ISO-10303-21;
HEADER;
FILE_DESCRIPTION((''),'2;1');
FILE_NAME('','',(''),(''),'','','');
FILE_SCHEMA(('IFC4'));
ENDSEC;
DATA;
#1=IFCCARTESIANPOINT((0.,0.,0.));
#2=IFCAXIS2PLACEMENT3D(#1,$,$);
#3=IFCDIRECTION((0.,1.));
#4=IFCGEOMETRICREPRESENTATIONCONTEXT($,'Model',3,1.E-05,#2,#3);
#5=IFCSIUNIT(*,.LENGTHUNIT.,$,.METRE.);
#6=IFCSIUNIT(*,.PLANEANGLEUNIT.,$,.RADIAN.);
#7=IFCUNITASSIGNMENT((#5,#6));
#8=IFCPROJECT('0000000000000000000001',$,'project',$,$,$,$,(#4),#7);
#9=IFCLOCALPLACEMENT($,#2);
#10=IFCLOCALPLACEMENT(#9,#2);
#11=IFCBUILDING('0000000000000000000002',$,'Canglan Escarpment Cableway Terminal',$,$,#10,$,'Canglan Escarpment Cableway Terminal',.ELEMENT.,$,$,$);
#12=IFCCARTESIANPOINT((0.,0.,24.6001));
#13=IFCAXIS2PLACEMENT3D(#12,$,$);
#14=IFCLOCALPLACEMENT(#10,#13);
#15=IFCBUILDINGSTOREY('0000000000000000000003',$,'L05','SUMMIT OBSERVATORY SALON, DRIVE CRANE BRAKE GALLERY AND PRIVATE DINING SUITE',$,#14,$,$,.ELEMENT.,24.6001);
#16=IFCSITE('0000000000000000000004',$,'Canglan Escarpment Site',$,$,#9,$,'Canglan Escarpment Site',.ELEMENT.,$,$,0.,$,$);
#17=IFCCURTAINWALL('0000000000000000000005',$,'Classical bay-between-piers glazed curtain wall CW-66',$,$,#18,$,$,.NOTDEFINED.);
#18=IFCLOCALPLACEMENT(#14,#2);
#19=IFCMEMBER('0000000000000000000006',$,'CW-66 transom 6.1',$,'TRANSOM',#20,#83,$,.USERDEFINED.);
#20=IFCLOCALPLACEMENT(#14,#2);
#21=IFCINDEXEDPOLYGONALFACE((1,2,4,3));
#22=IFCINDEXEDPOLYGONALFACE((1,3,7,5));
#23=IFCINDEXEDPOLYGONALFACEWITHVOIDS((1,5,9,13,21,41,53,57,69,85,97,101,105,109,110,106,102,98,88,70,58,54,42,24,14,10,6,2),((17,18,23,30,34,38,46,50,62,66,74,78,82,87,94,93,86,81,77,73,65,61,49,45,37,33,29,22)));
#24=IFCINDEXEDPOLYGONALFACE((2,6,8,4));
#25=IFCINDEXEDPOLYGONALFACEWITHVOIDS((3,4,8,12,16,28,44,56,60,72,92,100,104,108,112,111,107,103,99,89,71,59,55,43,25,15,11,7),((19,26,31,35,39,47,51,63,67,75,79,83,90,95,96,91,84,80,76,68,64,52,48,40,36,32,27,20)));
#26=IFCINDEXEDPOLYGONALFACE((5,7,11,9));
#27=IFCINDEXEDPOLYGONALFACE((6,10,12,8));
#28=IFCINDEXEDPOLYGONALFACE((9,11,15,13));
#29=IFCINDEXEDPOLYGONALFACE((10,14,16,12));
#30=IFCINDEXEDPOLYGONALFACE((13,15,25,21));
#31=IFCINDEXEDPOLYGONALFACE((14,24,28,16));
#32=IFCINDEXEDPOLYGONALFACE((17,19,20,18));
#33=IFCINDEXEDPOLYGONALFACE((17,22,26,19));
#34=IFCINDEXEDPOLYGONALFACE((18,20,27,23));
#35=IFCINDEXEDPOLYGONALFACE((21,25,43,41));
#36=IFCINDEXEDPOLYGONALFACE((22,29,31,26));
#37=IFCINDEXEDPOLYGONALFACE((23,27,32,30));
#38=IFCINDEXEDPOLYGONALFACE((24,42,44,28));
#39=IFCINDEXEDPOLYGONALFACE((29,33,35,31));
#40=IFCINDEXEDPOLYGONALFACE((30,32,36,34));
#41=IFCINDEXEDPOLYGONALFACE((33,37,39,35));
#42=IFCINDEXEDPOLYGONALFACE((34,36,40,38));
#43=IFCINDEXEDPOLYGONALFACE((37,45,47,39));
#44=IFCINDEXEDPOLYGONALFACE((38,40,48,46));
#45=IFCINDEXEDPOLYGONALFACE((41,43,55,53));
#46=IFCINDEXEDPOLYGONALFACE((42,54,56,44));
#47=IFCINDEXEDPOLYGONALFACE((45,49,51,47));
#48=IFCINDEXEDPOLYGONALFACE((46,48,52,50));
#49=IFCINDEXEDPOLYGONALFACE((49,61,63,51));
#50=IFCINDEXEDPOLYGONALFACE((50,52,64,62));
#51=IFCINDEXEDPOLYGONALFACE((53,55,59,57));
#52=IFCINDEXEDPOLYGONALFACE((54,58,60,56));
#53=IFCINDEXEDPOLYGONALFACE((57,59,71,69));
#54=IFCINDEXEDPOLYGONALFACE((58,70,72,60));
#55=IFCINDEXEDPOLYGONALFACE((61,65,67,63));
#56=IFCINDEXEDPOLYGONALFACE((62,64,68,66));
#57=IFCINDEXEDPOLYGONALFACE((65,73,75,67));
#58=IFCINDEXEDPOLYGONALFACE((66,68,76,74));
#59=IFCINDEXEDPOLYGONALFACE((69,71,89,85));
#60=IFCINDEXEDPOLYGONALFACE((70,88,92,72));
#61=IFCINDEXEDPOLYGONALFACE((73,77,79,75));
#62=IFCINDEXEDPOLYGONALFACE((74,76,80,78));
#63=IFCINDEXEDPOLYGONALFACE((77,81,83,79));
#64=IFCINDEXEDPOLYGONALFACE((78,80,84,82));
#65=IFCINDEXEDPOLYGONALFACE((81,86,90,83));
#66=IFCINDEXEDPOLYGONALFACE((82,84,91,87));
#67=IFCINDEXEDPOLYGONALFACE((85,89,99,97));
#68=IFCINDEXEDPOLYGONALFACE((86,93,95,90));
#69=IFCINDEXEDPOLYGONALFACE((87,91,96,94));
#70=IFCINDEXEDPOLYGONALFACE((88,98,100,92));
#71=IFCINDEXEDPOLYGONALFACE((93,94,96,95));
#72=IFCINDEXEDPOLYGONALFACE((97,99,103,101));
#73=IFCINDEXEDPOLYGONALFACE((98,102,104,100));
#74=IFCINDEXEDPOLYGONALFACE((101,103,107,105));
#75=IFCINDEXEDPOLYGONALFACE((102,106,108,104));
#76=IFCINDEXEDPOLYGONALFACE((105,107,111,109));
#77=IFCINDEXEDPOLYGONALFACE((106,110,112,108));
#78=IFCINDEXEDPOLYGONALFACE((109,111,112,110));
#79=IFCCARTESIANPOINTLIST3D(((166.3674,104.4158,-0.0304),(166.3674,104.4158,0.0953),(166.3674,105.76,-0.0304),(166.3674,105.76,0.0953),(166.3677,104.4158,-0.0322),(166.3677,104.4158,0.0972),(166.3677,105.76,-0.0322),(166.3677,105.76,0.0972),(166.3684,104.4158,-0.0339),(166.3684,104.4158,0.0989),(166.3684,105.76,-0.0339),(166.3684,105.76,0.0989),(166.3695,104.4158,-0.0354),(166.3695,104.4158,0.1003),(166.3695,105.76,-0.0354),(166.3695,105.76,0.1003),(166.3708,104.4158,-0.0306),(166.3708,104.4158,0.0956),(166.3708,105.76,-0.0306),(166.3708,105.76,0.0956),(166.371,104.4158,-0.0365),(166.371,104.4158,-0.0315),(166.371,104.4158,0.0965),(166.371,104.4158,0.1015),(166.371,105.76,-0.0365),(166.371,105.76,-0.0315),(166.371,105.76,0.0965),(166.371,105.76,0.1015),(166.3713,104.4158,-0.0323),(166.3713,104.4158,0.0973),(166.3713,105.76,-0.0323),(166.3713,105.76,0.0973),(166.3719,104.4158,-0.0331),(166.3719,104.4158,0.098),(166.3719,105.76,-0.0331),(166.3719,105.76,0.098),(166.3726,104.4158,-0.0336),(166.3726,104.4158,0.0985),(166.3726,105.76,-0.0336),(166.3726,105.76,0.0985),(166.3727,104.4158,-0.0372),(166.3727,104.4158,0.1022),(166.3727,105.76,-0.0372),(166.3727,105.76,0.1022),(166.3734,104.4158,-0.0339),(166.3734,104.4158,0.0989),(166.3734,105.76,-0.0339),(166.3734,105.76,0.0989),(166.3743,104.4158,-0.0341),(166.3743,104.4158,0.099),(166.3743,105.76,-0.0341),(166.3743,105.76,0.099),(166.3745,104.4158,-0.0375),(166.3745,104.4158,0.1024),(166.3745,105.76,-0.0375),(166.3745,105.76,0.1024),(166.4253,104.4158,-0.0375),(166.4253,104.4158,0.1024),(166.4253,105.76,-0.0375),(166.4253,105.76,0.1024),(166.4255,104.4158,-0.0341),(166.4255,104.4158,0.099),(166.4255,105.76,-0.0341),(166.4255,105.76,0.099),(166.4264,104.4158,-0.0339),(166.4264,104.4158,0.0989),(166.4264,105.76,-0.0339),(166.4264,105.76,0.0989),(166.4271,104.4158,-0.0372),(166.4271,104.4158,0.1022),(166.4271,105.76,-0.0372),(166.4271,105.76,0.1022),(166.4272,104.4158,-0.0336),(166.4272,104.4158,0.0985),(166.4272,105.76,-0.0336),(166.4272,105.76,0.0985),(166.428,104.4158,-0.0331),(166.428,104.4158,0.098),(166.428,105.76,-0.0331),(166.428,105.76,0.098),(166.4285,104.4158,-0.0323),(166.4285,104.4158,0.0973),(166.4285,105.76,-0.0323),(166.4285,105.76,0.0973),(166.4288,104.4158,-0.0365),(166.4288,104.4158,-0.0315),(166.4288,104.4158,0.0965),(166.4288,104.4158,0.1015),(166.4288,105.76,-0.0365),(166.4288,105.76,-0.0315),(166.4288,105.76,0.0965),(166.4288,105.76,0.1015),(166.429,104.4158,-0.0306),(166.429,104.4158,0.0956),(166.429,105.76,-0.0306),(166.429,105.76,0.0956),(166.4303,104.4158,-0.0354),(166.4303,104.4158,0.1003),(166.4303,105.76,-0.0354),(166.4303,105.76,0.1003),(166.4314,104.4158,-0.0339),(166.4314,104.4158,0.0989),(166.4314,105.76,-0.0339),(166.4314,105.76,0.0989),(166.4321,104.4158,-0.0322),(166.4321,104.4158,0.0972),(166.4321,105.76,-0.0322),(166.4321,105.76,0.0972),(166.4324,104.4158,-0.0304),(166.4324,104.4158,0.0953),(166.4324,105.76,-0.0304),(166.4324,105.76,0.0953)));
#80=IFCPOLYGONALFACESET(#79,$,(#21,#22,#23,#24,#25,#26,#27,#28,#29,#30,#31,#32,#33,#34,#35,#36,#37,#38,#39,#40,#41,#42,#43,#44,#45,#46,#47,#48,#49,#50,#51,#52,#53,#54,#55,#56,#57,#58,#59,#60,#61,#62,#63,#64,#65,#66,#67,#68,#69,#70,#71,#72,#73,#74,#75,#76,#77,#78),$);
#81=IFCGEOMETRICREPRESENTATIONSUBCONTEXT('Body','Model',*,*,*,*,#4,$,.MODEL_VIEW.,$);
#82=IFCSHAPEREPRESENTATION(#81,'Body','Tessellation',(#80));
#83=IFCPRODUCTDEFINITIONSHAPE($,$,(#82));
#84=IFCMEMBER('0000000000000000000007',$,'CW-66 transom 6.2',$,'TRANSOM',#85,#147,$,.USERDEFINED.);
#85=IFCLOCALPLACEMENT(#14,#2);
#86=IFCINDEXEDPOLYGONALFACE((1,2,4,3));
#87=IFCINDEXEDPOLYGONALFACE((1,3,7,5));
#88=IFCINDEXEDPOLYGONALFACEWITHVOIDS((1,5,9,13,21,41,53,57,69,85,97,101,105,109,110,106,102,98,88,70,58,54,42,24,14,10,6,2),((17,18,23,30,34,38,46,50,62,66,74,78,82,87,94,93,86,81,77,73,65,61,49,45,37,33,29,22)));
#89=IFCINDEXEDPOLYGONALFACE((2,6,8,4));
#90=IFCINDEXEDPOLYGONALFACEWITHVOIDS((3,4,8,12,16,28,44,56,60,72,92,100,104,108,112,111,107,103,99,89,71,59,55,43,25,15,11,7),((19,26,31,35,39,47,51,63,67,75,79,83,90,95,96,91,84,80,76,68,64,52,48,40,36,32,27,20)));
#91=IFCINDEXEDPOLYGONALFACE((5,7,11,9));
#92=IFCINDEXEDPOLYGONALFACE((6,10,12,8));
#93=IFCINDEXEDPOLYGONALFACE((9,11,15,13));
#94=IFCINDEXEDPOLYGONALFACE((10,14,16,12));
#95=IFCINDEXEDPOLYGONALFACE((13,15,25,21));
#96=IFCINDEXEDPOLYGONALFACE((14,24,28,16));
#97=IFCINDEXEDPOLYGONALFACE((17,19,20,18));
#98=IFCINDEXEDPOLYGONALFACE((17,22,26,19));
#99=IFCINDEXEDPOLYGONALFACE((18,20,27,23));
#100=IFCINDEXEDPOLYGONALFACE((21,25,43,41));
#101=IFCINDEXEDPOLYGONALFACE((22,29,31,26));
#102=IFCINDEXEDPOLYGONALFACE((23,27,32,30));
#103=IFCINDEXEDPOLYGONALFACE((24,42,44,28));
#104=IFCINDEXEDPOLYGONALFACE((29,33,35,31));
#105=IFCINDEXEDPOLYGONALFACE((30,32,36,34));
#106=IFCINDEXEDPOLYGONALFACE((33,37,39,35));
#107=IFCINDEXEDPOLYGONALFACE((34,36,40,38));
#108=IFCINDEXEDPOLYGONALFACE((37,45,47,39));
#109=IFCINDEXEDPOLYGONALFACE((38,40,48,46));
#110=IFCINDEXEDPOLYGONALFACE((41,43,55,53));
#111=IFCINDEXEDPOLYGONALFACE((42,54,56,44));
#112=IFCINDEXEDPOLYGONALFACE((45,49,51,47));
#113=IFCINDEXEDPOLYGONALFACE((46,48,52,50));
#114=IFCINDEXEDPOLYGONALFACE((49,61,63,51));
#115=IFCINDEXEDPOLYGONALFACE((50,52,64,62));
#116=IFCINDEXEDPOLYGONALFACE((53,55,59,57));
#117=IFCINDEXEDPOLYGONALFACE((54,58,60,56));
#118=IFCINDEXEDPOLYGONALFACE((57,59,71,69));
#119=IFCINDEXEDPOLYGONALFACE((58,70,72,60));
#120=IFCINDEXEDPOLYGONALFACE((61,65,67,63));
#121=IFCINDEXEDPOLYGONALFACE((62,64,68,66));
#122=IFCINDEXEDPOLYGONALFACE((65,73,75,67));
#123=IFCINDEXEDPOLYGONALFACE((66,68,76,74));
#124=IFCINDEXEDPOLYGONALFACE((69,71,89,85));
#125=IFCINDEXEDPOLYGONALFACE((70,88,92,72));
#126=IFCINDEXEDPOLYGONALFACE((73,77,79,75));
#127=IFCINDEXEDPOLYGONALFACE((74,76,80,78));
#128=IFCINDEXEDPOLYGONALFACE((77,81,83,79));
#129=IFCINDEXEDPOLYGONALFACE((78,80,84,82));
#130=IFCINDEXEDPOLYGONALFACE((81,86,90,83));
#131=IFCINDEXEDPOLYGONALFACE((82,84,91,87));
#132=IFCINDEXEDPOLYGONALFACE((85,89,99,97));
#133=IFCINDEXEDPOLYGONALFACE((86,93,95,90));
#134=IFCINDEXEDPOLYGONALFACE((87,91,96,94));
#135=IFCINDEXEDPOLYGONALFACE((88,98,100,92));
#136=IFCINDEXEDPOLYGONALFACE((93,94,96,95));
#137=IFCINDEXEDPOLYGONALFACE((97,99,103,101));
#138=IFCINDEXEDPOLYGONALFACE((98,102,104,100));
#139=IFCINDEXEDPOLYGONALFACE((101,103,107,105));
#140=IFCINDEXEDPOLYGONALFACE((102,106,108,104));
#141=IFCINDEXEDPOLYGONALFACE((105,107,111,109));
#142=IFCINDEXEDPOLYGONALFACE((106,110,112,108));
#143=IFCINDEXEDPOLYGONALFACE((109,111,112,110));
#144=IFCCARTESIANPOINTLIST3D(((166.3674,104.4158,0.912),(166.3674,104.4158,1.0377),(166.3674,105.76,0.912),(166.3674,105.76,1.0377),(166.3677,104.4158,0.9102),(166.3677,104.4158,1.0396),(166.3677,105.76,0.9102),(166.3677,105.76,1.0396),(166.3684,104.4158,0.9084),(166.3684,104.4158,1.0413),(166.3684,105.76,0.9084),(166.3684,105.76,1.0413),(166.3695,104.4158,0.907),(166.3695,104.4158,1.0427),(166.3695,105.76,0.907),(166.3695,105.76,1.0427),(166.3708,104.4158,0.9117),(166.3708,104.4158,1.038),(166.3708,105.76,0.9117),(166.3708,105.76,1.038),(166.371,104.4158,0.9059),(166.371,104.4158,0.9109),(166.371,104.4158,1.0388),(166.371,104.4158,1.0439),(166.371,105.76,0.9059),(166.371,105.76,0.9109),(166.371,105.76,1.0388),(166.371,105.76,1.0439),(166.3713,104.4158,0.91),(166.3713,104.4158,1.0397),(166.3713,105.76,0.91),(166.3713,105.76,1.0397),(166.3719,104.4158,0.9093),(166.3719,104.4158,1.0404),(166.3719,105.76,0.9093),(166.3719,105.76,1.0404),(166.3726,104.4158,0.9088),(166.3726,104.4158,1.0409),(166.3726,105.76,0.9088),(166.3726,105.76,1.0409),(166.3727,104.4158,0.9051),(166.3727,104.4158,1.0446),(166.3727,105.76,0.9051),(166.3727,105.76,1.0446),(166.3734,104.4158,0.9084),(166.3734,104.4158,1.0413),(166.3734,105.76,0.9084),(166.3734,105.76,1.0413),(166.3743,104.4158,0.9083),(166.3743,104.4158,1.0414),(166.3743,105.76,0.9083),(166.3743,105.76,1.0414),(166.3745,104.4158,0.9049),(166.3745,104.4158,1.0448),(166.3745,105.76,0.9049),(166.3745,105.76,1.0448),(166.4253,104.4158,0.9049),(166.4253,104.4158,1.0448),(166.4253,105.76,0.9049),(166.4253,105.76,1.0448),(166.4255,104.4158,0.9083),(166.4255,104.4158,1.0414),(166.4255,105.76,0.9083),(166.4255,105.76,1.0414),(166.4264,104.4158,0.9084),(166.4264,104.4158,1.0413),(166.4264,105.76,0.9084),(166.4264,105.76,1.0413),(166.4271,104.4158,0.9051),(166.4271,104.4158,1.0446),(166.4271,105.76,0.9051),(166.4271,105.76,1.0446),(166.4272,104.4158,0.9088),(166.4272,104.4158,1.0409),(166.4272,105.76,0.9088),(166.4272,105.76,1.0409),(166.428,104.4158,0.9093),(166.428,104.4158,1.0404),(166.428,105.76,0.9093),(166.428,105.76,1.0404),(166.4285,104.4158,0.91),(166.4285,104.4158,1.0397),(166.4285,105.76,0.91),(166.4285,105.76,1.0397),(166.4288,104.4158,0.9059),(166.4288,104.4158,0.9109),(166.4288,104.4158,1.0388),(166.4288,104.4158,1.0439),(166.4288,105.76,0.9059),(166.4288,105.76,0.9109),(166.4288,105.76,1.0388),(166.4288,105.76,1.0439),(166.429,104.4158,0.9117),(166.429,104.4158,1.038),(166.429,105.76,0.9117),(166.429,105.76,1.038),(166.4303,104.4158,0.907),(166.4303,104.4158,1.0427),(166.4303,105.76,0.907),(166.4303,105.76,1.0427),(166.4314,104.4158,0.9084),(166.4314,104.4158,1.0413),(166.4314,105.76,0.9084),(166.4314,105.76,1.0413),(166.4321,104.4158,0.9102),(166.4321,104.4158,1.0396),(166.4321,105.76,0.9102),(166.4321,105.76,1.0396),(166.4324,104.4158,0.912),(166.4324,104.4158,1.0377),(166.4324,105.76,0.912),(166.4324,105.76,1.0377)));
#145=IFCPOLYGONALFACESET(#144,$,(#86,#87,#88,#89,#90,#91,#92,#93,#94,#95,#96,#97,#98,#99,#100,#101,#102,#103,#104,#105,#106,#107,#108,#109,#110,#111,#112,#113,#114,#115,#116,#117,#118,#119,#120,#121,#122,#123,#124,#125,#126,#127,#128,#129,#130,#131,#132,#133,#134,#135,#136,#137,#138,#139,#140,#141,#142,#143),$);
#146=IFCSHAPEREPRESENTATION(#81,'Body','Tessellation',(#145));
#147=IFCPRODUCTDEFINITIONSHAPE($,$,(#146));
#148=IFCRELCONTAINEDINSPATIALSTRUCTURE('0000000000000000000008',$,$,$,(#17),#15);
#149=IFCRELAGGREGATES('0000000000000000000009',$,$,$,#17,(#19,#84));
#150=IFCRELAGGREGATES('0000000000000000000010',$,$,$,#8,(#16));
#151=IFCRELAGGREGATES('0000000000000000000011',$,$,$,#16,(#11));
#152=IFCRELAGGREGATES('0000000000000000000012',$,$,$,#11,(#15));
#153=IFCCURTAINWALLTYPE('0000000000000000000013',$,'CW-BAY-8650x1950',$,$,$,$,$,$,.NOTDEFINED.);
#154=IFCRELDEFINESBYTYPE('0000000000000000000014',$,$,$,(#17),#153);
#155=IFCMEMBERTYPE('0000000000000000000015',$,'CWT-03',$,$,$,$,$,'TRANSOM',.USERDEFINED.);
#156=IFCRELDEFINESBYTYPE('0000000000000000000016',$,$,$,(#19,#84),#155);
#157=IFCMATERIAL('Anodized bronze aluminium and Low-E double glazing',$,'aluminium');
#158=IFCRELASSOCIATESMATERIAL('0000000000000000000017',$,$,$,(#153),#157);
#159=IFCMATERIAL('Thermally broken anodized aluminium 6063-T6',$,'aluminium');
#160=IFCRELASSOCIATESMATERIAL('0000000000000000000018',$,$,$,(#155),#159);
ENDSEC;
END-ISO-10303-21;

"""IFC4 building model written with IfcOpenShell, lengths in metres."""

from ifc_helpers import new_model, si_unit, direction, frame, origin, origin_2d, place, context, subcontext, project, spatial, hollow_rectangle, extrude, material, material_profile, profile_set, type_object, element, aggregate, save


model = new_model("IFC4")

# Units and contexts
model_context = context("Model", 3, precision=1e-05, world=origin(), true_north=direction((0.0, 1.0)))
body_context = subcontext(model_context, "Body", "Model", "MODEL_VIEW")
ifc_project = project(units=[si_unit("LENGTHUNIT", "METRE"), si_unit("PLANEANGLEUNIT", "RADIAN")], contexts=[model_context])

# Site, building, storey
site_placement = place(None, origin())
site = spatial("IfcSite", under=ifc_project, at=site_placement, Name="Canglan Escarpment Site", LongName="Canglan Escarpment Site", CompositionType="ELEMENT", RefElevation=0.0)
building_placement = place(site_placement, origin())
building = spatial("IfcBuilding", under=site, at=building_placement, Name="Canglan Escarpment Cableway Terminal", LongName="Canglan Escarpment Cableway Terminal", CompositionType="ELEMENT")
storey_placement = place(building_placement, frame((0.0, 0.0, 24.6001)))
storey = spatial("IfcBuildingStorey", under=building, at=storey_placement, Name="L05", Description="SUMMIT OBSERVATORY SALON, DRIVE CRANE BRAKE GALLERY AND PRIVATE DINING SUITE", CompositionType="ELEMENT", Elevation=24.6001)

# Shared definitions
ifc_material_1 = material(Name="Anodized bronze aluminium and Low-E double glazing", Category="aluminium")
curtain_wall_type = type_object("IfcCurtainWallType", Name="CW-BAY-8650x1950", PredefinedType="NOTDEFINED", material=ifc_material_1)
ifc_material_2 = material(Name="Thermally broken anodized aluminium 6063-T6", Category="aluminium")

# Curtain wall, members
curtain_wall_1_placement = place(storey_placement, origin())
curtain_wall_1 = element("IfcCurtainWall", 1, at=curtain_wall_1_placement, inside=storey, type_object=curtain_wall_type, Name="Classical bay-between-piers glazed curtain wall CW-66", PredefinedType="NOTDEFINED")
ifc_material_profile_1 = material_profile(ifc_material_2, hollow_rectangle(XDim=0.0649, YDim=0.1399, WallThickness=0.0034, InnerFilletRadius=0.0034, OuterFilletRadius=0.0071, at=origin_2d()), Name="ALU-TRAN 65x140x3.5")
ifc_profile_set_1 = profile_set([ifc_material_profile_1], Name="Thermally broken anodized aluminium 6063-T6")
member_type_1 = type_object("IfcMemberType", Name="CWT-03", ElementType="TRANSOM", PredefinedType="USERDEFINED", material=ifc_profile_set_1)
member_1_placement = place(storey_placement, frame((166.3999, 104.4158, 0.0325), z_axis=(0.0, 1.0, 0.0), x_axis=(-1.0, 0.0, 0.0)))
member_1 = element("IfcMember", 2, at=member_1_placement, type_object=member_type_1, Name="CW-66 transom 6.1", ObjectType="TRANSOM", PredefinedType="USERDEFINED", context=body_context, shape_type="SweptSolid", body=[
    extrude(hollow_rectangle(XDim=0.0649, YDim=0.1399, WallThickness=0.0034, InnerFilletRadius=0.0034, OuterFilletRadius=0.0071, at=origin_2d()), origin(), (0.0, 0.0, 1.0), 1.3442),
])
member_2_placement = place(storey_placement, frame((166.3999, 104.4158, 0.9749), z_axis=(0.0, 1.0, 0.0), x_axis=(-1.0, 0.0, 0.0)))
member_2 = element("IfcMember", 3, at=member_2_placement, type_object=member_type_1, Name="CW-66 transom 6.2", ObjectType="TRANSOM", PredefinedType="USERDEFINED", context=body_context, shape_type="SweptSolid", body=[
    extrude(hollow_rectangle(XDim=0.0649, YDim=0.1399, WallThickness=0.0034, InnerFilletRadius=0.0034, OuterFilletRadius=0.0071, at=origin_2d()), origin(), (0.0, 0.0, 1.0), 1.3442),
])

aggregate(curtain_wall_1, [member_1, member_2])

save(model, "model.ifc")
